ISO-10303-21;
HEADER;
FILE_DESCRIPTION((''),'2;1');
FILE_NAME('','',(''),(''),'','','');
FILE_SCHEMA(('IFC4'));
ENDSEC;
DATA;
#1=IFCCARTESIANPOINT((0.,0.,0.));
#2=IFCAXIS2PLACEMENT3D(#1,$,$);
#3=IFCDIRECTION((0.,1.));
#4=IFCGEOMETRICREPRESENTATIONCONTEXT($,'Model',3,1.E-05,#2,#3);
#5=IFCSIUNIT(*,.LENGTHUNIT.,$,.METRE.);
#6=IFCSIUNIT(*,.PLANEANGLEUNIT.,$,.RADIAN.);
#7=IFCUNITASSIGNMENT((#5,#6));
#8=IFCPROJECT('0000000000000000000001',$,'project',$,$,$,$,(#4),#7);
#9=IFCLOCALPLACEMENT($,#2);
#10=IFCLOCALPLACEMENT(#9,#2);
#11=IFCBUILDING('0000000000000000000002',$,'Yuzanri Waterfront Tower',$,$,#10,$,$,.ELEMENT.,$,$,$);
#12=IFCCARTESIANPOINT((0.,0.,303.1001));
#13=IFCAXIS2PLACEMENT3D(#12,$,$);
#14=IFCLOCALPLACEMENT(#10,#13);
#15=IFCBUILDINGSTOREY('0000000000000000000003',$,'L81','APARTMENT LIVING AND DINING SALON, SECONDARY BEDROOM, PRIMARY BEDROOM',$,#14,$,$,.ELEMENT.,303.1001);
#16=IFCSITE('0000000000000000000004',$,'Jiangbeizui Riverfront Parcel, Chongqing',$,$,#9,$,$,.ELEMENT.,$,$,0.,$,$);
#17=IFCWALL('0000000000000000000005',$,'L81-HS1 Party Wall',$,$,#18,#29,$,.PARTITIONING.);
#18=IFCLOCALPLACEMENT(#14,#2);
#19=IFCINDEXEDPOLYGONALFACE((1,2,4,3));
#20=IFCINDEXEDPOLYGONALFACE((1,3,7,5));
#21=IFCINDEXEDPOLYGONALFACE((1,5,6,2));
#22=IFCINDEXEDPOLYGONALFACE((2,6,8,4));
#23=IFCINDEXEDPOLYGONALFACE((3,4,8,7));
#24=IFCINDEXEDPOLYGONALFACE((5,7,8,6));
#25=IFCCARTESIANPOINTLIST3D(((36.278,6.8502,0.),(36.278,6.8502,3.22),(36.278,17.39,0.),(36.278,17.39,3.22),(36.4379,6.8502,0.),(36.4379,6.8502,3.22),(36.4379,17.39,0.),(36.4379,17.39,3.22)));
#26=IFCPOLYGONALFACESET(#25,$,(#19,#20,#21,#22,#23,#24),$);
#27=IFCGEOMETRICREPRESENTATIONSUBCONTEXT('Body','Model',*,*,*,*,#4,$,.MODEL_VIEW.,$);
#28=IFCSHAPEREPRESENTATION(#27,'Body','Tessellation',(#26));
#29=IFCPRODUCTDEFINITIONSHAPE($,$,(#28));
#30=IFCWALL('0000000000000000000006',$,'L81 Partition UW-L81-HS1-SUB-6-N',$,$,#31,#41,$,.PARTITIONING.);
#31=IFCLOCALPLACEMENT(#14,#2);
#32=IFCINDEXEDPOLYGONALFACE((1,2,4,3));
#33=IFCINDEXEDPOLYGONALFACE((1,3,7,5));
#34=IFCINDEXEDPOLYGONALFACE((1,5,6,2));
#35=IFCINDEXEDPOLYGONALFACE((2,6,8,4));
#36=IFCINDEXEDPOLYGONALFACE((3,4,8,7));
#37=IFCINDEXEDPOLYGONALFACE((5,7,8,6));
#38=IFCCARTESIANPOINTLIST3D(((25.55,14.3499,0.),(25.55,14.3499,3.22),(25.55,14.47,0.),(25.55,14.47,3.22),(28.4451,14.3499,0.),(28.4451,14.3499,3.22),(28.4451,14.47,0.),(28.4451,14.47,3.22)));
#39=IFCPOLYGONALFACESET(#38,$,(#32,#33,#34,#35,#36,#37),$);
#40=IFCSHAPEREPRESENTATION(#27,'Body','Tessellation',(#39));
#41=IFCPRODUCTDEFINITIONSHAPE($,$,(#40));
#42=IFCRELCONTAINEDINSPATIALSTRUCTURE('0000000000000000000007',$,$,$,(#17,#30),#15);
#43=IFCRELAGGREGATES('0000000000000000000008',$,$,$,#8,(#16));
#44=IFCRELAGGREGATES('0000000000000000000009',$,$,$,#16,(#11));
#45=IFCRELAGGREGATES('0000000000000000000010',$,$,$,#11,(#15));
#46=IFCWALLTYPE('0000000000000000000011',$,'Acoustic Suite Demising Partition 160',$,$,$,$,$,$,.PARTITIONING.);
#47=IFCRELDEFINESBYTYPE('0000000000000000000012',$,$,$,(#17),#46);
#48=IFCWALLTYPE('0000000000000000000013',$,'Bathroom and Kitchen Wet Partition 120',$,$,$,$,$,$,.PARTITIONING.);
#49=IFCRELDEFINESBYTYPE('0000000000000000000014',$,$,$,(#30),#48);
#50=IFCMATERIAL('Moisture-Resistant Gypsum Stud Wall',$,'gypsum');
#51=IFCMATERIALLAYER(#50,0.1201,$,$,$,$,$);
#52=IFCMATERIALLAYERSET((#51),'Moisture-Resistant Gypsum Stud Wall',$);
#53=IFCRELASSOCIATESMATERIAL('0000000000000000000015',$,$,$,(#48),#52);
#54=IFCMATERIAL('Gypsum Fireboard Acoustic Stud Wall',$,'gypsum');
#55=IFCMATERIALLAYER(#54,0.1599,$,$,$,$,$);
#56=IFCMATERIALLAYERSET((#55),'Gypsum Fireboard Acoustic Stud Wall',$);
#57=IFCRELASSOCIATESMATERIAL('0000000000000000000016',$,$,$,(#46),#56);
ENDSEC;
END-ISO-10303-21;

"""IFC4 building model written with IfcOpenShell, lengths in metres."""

from ifc_helpers import new_model, si_unit, direction, frame, frame_2d, origin, place, context, subcontext, project, spatial, rectangle, extrude, source, transform, mapped, material, layer, layer_set, type_object, element, save


model = new_model("IFC4")

# Units and contexts
model_context = context("Model", 3, precision=1e-05, world=origin(), true_north=direction((0.0, 1.0)))
body_context = subcontext(model_context, "Body", "Model", "MODEL_VIEW")
ifc_project = project(units=[si_unit("LENGTHUNIT", "METRE"), si_unit("PLANEANGLEUNIT", "RADIAN")], contexts=[model_context])

# Site, building, storey
site_placement = place(None, origin())
site = spatial("IfcSite", under=ifc_project, at=site_placement, Name="Jiangbeizui Riverfront Parcel, Chongqing", CompositionType="ELEMENT", RefElevation=0.0)
building_placement = place(site_placement, origin())
building = spatial("IfcBuilding", under=site, at=building_placement, Name="Yuzanri Waterfront Tower", CompositionType="ELEMENT")
storey_placement = place(building_placement, frame((0.0, 0.0, 303.1001)))
storey = spatial("IfcBuildingStorey", under=building, at=storey_placement, Name="L81", Description="APARTMENT LIVING AND DINING SALON, SECONDARY BEDROOM, PRIMARY BEDROOM", CompositionType="ELEMENT", Elevation=303.1001)

# Shared definitions
ifc_material_1 = material(Name="Moisture-Resistant Gypsum Stud Wall", Category="gypsum")
ifc_layer_1 = layer(ifc_material_1, 0.1201)
ifc_layer_set_1 = layer_set([ifc_layer_1], Name="Moisture-Resistant Gypsum Stud Wall")
wall_type_1 = type_object("IfcWallType", Name="Bathroom and Kitchen Wet Partition 120", PredefinedType="PARTITIONING", material=ifc_layer_set_1)

# Walls
ifc_material_2 = material(Name="Gypsum Fireboard Acoustic Stud Wall", Category="gypsum")
ifc_layer_2 = layer(ifc_material_2, 0.1599)
ifc_layer_set_2 = layer_set([ifc_layer_2], Name="Gypsum Fireboard Acoustic Stud Wall")
wall_type_2 = type_object("IfcWallType", Name="Acoustic Suite Demising Partition 160", PredefinedType="PARTITIONING", material=ifc_layer_set_2)
shared_shape_1 = source(origin(), body_context, "Body", "SweptSolid", [
    extrude(rectangle(XDim=10.5398, YDim=0.1599, at=frame_2d((5.27, 0.0))), origin(), (0.0, 0.0, 1.0), 3.22),
])
wall_1_placement = place(storey_placement, frame((36.3579, 6.8501, 0.0), z_axis=(0.0, 0.0, 1.0), x_axis=(0.0, 1.0, 0.0)))
element("IfcWall", 1, at=wall_1_placement, inside=storey, type_object=wall_type_2, Name="L81-HS1 Party Wall", PredefinedType="PARTITIONING", context=body_context, shape_type="MappedRepresentation", body=[
    mapped(shared_shape_1, transform((0.0, 0.0, 0.0), scale=1.0)),
])
shared_shape_2 = source(origin(), body_context, "Body", "SweptSolid", [
    extrude(rectangle(XDim=2.895, YDim=0.1201, at=frame_2d((1.4475, 0.0))), origin(), (0.0, 0.0, 1.0), 3.22),
])
wall_2_placement = place(storey_placement, frame((25.55, 14.4099, 0.0), z_axis=(0.0, 0.0, 1.0), x_axis=(1.0, 0.0, 0.0)))
element("IfcWall", 2, at=wall_2_placement, inside=storey, type_object=wall_type_1, Name="L81 Partition UW-L81-HS1-SUB-6-N", PredefinedType="PARTITIONING", context=body_context, shape_type="MappedRepresentation", body=[
    mapped(shared_shape_2, transform((0.0, 0.0, 0.0), scale=1.0)),
])

save(model, "model.ifc")
